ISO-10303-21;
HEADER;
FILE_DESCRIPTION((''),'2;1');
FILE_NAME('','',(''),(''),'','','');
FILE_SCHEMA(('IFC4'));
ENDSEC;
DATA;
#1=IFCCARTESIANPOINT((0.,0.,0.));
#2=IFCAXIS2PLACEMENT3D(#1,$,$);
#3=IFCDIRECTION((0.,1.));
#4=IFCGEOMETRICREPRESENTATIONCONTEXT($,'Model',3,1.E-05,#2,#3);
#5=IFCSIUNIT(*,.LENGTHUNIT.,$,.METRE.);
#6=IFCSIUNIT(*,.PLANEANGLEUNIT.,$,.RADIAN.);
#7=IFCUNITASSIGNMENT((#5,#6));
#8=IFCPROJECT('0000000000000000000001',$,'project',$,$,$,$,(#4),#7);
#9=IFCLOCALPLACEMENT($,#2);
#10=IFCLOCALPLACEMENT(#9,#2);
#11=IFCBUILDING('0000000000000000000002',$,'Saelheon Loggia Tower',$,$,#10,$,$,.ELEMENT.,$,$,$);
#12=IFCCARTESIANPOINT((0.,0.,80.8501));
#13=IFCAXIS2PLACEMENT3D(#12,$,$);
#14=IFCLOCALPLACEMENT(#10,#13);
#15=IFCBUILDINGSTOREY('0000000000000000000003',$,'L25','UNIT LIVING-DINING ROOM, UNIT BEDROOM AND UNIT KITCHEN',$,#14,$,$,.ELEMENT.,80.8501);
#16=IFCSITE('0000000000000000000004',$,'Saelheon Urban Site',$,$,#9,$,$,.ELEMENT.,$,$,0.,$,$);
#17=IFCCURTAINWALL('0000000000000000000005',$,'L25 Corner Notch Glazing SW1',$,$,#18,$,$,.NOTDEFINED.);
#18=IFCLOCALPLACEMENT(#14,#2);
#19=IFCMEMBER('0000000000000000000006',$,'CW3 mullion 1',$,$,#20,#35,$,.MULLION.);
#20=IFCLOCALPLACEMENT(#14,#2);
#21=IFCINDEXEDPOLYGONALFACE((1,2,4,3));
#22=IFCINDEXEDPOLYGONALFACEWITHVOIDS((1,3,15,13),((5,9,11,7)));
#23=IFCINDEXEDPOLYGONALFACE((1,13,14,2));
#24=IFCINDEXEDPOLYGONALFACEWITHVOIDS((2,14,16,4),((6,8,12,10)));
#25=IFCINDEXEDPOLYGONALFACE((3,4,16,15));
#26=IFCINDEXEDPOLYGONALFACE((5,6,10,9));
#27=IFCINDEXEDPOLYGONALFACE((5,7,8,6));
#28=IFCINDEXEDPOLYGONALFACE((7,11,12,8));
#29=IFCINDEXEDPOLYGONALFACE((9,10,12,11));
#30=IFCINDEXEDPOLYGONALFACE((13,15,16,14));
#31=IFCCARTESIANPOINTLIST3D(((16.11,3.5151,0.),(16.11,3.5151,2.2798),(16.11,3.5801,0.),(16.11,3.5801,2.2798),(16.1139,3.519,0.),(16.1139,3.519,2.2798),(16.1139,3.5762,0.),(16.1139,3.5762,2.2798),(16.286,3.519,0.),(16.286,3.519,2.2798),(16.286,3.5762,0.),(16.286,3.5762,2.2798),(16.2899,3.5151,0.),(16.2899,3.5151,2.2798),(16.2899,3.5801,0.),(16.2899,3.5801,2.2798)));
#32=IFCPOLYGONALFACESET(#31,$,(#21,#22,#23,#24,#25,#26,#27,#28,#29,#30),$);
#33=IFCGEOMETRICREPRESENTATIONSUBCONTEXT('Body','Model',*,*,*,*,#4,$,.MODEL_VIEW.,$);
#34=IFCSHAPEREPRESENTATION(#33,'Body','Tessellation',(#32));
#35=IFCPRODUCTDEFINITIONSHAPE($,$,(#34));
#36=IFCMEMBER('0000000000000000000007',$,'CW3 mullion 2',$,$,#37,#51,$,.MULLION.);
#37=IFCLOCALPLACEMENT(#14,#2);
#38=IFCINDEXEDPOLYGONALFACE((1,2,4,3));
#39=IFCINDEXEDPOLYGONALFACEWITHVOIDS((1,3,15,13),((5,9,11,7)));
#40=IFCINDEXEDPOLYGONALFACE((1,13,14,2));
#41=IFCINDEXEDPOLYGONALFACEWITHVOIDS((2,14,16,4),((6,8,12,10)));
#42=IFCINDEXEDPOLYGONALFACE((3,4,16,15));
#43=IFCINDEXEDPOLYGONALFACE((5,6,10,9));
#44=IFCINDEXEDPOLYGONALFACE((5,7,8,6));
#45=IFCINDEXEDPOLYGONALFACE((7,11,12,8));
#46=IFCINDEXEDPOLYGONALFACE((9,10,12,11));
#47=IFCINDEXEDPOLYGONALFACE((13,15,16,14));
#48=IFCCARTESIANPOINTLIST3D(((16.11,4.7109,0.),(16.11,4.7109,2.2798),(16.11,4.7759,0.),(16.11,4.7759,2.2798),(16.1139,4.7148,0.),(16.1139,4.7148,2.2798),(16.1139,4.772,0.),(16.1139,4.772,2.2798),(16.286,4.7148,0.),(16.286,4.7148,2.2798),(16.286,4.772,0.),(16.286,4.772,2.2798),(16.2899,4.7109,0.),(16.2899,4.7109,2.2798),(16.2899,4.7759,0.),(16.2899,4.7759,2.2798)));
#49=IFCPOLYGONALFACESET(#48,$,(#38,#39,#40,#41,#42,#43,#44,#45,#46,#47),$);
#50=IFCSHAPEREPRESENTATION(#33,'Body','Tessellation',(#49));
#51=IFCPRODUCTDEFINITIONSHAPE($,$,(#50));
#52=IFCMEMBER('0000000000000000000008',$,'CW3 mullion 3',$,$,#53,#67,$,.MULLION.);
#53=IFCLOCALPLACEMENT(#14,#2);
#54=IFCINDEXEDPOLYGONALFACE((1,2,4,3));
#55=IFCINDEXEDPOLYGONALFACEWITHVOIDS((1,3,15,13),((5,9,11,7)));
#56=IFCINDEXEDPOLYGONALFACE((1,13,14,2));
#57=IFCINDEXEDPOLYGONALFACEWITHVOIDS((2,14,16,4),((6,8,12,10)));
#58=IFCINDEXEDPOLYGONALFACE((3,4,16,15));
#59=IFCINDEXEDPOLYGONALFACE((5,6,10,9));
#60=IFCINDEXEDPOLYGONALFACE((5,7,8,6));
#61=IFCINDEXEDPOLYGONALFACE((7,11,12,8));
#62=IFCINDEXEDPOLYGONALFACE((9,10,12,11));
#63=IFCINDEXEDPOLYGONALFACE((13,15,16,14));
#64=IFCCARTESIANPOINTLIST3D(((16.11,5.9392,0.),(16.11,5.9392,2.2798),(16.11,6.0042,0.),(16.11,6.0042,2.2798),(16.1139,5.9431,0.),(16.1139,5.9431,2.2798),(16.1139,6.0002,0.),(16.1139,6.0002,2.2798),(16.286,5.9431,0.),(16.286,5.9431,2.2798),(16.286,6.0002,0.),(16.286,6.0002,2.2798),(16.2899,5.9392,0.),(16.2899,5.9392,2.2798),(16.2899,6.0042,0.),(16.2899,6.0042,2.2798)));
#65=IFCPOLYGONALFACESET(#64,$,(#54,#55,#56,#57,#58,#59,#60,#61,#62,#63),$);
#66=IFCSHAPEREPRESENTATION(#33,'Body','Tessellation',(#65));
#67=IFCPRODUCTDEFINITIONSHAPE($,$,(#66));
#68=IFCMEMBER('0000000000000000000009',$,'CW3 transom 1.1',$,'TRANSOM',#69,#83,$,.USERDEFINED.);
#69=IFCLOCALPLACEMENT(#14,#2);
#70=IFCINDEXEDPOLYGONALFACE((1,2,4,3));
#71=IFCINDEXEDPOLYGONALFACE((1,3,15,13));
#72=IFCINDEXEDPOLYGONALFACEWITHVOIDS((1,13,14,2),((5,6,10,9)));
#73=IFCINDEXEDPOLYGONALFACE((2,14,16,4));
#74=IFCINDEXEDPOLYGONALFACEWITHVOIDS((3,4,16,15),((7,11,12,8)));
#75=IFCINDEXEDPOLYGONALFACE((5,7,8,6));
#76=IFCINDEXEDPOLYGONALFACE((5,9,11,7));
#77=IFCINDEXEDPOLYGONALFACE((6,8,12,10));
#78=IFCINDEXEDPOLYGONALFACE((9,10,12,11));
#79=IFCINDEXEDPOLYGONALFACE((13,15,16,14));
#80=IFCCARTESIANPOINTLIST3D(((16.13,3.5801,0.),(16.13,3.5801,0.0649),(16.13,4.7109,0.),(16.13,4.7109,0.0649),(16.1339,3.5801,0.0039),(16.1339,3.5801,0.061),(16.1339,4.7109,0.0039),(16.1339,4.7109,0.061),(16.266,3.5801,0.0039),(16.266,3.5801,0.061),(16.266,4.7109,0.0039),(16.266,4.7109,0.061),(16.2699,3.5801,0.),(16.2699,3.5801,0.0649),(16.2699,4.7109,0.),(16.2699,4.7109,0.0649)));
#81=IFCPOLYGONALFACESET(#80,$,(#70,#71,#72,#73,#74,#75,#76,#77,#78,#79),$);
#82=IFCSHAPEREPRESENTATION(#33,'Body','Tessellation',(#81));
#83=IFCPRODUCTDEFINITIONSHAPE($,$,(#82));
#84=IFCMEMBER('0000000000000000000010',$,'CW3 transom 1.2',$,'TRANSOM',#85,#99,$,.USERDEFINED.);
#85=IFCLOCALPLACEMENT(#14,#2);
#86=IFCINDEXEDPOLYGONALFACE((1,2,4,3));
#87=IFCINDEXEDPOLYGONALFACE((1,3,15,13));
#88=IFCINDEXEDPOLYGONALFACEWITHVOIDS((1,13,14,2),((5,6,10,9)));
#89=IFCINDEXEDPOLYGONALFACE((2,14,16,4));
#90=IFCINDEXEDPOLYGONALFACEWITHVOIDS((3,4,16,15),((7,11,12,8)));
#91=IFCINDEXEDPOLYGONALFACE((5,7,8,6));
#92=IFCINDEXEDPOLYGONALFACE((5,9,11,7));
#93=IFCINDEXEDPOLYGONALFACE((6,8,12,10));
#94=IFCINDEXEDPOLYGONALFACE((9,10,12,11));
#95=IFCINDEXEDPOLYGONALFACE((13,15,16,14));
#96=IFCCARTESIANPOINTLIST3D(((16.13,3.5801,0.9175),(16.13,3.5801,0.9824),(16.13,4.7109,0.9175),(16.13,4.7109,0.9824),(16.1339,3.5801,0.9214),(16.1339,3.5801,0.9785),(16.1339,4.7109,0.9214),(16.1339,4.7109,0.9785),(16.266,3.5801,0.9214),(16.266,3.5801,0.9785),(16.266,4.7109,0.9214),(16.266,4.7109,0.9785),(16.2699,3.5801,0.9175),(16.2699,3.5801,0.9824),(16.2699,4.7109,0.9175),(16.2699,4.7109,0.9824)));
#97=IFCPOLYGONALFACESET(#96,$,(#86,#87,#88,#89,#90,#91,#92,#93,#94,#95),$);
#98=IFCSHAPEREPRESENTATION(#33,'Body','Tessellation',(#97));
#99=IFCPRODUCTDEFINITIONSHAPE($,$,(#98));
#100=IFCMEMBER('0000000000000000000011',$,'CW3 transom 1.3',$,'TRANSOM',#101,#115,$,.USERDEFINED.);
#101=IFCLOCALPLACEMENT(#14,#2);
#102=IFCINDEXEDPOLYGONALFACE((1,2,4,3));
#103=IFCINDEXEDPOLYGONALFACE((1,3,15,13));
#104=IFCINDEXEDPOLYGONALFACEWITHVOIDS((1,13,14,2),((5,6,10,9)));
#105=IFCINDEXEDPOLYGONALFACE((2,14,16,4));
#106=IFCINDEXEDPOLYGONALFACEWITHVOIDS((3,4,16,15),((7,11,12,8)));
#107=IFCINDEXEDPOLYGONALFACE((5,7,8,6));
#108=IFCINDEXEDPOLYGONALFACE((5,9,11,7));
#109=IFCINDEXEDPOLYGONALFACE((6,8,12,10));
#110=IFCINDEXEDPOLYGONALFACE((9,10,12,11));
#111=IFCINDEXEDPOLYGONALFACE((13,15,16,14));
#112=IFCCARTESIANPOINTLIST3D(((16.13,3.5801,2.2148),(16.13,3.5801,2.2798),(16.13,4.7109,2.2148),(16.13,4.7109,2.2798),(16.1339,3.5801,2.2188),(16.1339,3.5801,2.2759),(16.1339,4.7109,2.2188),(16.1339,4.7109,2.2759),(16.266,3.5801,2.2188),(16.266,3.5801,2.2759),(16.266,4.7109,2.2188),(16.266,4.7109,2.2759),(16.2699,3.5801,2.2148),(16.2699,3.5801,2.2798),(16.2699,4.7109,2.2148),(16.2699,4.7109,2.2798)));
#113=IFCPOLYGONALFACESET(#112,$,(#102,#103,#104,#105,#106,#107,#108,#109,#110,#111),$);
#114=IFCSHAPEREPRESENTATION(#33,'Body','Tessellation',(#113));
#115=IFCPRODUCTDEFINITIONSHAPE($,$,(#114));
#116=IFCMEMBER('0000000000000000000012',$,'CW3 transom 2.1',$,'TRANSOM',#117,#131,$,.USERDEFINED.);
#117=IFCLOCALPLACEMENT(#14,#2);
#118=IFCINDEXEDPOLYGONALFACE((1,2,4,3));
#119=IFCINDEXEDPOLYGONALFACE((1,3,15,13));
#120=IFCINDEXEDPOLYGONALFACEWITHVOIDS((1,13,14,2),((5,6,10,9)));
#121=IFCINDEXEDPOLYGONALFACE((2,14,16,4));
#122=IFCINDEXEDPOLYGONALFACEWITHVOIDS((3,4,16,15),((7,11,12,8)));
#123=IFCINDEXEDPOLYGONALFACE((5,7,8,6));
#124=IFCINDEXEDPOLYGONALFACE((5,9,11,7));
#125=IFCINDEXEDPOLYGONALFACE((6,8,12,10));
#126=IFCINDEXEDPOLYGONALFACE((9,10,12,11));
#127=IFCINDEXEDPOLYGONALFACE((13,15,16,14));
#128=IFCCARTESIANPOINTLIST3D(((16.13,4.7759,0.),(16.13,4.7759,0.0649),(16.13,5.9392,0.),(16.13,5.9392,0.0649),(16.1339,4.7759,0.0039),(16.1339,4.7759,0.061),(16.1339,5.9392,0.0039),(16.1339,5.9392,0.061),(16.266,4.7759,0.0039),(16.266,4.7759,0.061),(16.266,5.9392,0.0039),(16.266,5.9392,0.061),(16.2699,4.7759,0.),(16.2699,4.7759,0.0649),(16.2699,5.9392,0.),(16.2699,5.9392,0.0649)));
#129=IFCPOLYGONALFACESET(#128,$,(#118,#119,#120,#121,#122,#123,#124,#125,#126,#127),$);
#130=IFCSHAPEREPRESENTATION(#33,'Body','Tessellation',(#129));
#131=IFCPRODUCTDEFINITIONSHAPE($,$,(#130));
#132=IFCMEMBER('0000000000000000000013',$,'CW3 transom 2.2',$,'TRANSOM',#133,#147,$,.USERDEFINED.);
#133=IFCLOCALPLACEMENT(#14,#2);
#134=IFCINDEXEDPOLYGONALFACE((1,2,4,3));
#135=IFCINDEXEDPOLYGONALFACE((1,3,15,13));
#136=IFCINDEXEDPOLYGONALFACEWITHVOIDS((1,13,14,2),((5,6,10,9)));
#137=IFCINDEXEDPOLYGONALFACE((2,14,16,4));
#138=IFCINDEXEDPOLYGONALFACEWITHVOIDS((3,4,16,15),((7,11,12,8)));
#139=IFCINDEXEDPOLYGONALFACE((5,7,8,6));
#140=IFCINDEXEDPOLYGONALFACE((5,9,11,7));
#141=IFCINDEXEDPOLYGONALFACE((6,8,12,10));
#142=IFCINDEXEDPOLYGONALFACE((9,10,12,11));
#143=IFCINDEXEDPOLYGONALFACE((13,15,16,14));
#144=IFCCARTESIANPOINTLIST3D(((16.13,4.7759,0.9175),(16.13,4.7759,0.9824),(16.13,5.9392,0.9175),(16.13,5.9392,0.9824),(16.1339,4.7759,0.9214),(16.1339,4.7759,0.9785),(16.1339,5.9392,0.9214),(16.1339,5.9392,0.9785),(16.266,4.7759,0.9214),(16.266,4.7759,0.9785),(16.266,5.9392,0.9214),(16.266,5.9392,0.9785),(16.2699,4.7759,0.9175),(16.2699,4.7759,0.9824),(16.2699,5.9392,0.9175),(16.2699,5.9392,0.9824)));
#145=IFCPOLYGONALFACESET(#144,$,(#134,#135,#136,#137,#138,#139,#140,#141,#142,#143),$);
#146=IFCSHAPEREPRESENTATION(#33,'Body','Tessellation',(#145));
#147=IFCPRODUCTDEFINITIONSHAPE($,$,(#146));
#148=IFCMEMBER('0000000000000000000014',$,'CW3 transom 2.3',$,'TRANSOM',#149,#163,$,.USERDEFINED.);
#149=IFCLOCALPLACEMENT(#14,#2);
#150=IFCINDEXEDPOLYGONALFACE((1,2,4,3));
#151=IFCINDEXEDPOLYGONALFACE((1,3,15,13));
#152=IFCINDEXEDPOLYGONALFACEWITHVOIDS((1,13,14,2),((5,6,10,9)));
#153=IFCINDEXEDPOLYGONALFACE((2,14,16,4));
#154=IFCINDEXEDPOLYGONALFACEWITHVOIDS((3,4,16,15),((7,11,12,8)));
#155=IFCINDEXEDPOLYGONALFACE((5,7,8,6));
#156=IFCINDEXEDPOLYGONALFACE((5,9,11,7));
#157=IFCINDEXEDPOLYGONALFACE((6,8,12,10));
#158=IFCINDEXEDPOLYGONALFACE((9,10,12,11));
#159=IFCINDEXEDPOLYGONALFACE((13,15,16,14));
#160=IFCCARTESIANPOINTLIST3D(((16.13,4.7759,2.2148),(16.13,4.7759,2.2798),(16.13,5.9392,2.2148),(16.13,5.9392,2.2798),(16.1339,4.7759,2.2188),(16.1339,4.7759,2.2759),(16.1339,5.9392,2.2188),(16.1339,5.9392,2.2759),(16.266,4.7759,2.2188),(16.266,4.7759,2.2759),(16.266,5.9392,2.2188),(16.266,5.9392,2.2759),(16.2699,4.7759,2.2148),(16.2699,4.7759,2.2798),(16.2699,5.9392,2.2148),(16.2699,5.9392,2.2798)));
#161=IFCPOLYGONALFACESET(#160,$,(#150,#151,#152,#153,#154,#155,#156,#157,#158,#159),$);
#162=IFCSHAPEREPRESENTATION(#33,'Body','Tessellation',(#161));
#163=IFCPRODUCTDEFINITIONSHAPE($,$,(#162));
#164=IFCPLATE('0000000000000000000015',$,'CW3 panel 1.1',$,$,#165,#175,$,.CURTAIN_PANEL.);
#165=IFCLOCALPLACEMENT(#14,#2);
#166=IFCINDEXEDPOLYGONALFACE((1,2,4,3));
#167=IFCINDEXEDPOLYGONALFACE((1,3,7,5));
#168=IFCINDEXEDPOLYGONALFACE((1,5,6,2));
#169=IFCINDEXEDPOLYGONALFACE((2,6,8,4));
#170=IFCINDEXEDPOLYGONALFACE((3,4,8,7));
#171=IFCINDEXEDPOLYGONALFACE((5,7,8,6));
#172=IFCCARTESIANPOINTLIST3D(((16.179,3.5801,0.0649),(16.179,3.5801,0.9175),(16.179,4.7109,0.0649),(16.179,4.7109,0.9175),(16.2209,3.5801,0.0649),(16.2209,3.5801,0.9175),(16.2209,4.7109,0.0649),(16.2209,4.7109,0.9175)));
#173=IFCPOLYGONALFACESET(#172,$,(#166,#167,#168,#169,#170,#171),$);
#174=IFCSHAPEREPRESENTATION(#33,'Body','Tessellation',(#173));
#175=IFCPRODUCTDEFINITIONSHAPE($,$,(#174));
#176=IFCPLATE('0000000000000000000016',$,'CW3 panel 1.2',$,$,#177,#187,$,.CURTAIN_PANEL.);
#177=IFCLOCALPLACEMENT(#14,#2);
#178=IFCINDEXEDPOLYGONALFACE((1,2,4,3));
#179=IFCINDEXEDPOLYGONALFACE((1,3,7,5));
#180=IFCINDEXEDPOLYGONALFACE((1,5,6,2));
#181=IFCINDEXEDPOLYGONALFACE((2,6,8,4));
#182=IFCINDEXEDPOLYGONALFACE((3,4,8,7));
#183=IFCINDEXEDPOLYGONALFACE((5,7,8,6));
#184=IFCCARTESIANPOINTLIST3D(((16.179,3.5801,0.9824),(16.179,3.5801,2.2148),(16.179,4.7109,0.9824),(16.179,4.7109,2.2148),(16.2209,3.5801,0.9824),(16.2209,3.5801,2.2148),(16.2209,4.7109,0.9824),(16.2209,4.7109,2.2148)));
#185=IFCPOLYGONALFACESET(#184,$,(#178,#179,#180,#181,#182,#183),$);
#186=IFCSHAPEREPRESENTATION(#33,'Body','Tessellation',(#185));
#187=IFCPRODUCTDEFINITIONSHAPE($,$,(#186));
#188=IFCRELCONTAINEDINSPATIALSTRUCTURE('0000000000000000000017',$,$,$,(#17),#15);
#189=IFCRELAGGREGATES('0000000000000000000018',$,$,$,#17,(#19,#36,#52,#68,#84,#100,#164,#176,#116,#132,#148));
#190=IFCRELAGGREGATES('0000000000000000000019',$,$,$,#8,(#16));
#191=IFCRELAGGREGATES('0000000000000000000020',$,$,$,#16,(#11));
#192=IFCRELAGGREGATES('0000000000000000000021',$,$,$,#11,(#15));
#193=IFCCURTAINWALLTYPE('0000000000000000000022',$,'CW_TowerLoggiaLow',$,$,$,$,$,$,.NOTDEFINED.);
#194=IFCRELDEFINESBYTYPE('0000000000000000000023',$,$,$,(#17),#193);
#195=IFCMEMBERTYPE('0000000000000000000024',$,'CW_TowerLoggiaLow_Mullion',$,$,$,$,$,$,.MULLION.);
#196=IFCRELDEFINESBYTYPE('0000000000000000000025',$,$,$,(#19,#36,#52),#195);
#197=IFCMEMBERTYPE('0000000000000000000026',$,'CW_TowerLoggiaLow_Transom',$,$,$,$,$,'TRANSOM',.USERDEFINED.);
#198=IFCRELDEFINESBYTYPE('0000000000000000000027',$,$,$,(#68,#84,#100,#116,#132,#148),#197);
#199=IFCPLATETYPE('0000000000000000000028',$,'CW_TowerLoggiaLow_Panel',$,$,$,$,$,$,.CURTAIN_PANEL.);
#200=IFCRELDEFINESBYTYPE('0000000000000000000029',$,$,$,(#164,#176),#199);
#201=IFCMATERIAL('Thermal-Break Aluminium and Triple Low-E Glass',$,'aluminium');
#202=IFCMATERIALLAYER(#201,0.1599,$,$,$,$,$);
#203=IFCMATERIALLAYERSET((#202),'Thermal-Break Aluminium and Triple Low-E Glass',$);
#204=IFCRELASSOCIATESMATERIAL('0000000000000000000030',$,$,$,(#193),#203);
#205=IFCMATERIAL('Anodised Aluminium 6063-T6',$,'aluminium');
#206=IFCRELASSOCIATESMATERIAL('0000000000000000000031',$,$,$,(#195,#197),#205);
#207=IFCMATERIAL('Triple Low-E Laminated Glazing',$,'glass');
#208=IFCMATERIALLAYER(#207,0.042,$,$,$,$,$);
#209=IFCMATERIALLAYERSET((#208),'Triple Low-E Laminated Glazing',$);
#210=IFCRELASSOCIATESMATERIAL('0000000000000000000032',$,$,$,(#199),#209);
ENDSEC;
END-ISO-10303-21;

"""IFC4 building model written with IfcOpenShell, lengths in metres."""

from ifc_helpers import new_model, si_unit, direction, frame, origin, origin_2d, place, context, subcontext, project, spatial, rectangle, hollow_rectangle, extrude, source, transform, mapped, material, layer, layer_set, material_profile, profile_set, type_object, element, aggregate, save


model = new_model("IFC4")

# Units and contexts
model_context = context("Model", 3, precision=1e-05, world=origin(), true_north=direction((0.0, 1.0)))
body_context = subcontext(model_context, "Body", "Model", "MODEL_VIEW")
ifc_project = project(units=[si_unit("LENGTHUNIT", "METRE"), si_unit("PLANEANGLEUNIT", "RADIAN")], contexts=[model_context])

# Site, building, storey
site_placement = place(None, origin())
site = spatial("IfcSite", under=ifc_project, at=site_placement, Name="Saelheon Urban Site", CompositionType="ELEMENT", RefElevation=0.0)
building_placement = place(site_placement, origin())
building = spatial("IfcBuilding", under=site, at=building_placement, Name="Saelheon Loggia Tower", CompositionType="ELEMENT")
storey_placement = place(building_placement, frame((0.0, 0.0, 80.8501)))
storey = spatial("IfcBuildingStorey", under=building, at=storey_placement, Name="L25", Description="UNIT LIVING-DINING ROOM, UNIT BEDROOM AND UNIT KITCHEN", CompositionType="ELEMENT", Elevation=80.8501)

# Curtain wall, members, plates
ifc_material_1 = material(Name="Thermal-Break Aluminium and Triple Low-E Glass", Category="aluminium")
ifc_layer_1 = layer(ifc_material_1, 0.1599)
ifc_layer_set_1 = layer_set([ifc_layer_1], Name="Thermal-Break Aluminium and Triple Low-E Glass")
curtain_wall_type = type_object("IfcCurtainWallType", Name="CW_TowerLoggiaLow", PredefinedType="NOTDEFINED", material=ifc_layer_set_1)
curtain_wall_placement = place(storey_placement, origin())
curtain_wall = element("IfcCurtainWall", 1, at=curtain_wall_placement, inside=storey, type_object=curtain_wall_type, Name="L25 Corner Notch Glazing SW1", PredefinedType="NOTDEFINED")
ifc_material_2 = material(Name="Anodised Aluminium 6063-T6", Category="aluminium")
ifc_material_profile_1 = material_profile(ifc_material_2, hollow_rectangle(XDim=0.0649, YDim=0.1799, WallThickness=0.0039, at=origin_2d()), Name="RHS-180x65x4")
ifc_profile_set_1 = profile_set([ifc_material_profile_1], Name="Anodised Aluminium 6063-T6")
member_type_1 = type_object("IfcMemberType", Name="CW_TowerLoggiaLow_Mullion", PredefinedType="MULLION", material=ifc_profile_set_1)
shared_shape_1 = source(origin(), body_context, "Body", "SweptSolid", [
    extrude(hollow_rectangle(XDim=0.0649, YDim=0.1799, WallThickness=0.0039, at=origin_2d()), origin(), (0.0, 0.0, 1.0), 2.2798),
])
member_1_placement = place(storey_placement, frame((16.2, 3.5476, 0.0), z_axis=(0.0, 0.0, 1.0), x_axis=(0.0, 1.0, 0.0)))
member_1 = element("IfcMember", 2, at=member_1_placement, type_object=member_type_1, Name="CW3 mullion 1", PredefinedType="MULLION", context=body_context, shape_type="MappedRepresentation", body=[
    mapped(shared_shape_1, transform((0.0, 0.0, 0.0), scale=1.0)),
])
member_2_placement = place(storey_placement, frame((16.2, 4.7434, 0.0), z_axis=(0.0, 0.0, 1.0), x_axis=(0.0, 1.0, 0.0)))
member_2 = element("IfcMember", 3, at=member_2_placement, type_object=member_type_1, Name="CW3 mullion 2", PredefinedType="MULLION", context=body_context, shape_type="MappedRepresentation", body=[
    mapped(shared_shape_1, transform((0.0, 0.0, 0.0), scale=1.0)),
])
member_3_placement = place(storey_placement, frame((16.2, 5.9717, 0.0), z_axis=(0.0, 0.0, 1.0), x_axis=(0.0, 1.0, 0.0)))
member_3 = element("IfcMember", 4, at=member_3_placement, type_object=member_type_1, Name="CW3 mullion 3", PredefinedType="MULLION", context=body_context, shape_type="MappedRepresentation", body=[
    mapped(shared_shape_1, transform((0.0, 0.0, 0.0), scale=1.0)),
])
ifc_material_profile_2 = material_profile(ifc_material_2, hollow_rectangle(XDim=0.0649, YDim=0.1399, WallThickness=0.0039, at=origin_2d()), Name="RHS-140x65x4")
ifc_profile_set_2 = profile_set([ifc_material_profile_2], Name="Anodised Aluminium 6063-T6")
member_type_2 = type_object("IfcMemberType", Name="CW_TowerLoggiaLow_Transom", ElementType="TRANSOM", PredefinedType="USERDEFINED", material=ifc_profile_set_2)
shared_shape_2 = source(origin(), body_context, "Body", "SweptSolid", [
    extrude(hollow_rectangle(XDim=0.0649, YDim=0.1399, WallThickness=0.0039, at=origin_2d()), origin(), (0.0, 0.0, 1.0), 1.1309),
])
member_4_placement = place(storey_placement, frame((16.2, 3.5801, 0.0325), z_axis=(0.0, 1.0, 0.0), x_axis=(0.0, 0.0, 1.0)))
member_4 = element("IfcMember", 5, at=member_4_placement, type_object=member_type_2, Name="CW3 transom 1.1", ObjectType="TRANSOM", PredefinedType="USERDEFINED", context=body_context, shape_type="MappedRepresentation", body=[
    mapped(shared_shape_2, transform((0.0, 0.0, 0.0), scale=1.0)),
])
member_5_placement = place(storey_placement, frame((16.2, 3.5801, 0.95), z_axis=(0.0, 1.0, 0.0), x_axis=(0.0, 0.0, 1.0)))
member_5 = element("IfcMember", 6, at=member_5_placement, type_object=member_type_2, Name="CW3 transom 1.2", ObjectType="TRANSOM", PredefinedType="USERDEFINED", context=body_context, shape_type="MappedRepresentation", body=[
    mapped(shared_shape_2, transform((0.0, 0.0, 0.0), scale=1.0)),
])
member_6_placement = place(storey_placement, frame((16.2, 3.5801, 2.2473), z_axis=(0.0, 1.0, 0.0), x_axis=(0.0, 0.0, 1.0)))
member_6 = element("IfcMember", 7, at=member_6_placement, type_object=member_type_2, Name="CW3 transom 1.3", ObjectType="TRANSOM", PredefinedType="USERDEFINED", context=body_context, shape_type="MappedRepresentation", body=[
    mapped(shared_shape_2, transform((0.0, 0.0, 0.0), scale=1.0)),
])
shared_shape_3 = source(origin(), body_context, "Body", "SweptSolid", [
    extrude(hollow_rectangle(XDim=0.0649, YDim=0.1399, WallThickness=0.0039, at=origin_2d()), origin(), (0.0, 0.0, 1.0), 1.1633),
])
member_7_placement = place(storey_placement, frame((16.2, 4.7759, 0.0325), z_axis=(0.0, 1.0, 0.0), x_axis=(0.0, 0.0, 1.0)))
member_7 = element("IfcMember", 8, at=member_7_placement, type_object=member_type_2, Name="CW3 transom 2.1", ObjectType="TRANSOM", PredefinedType="USERDEFINED", context=body_context, shape_type="MappedRepresentation", body=[
    mapped(shared_shape_3, transform((0.0, 0.0, 0.0), scale=1.0)),
])
member_8_placement = place(storey_placement, frame((16.2, 4.7759, 0.95), z_axis=(0.0, 1.0, 0.0), x_axis=(0.0, 0.0, 1.0)))
member_8 = element("IfcMember", 9, at=member_8_placement, type_object=member_type_2, Name="CW3 transom 2.2", ObjectType="TRANSOM", PredefinedType="USERDEFINED", context=body_context, shape_type="MappedRepresentation", body=[
    mapped(shared_shape_3, transform((0.0, 0.0, 0.0), scale=1.0)),
])
member_9_placement = place(storey_placement, frame((16.2, 4.7759, 2.2473), z_axis=(0.0, 1.0, 0.0), x_axis=(0.0, 0.0, 1.0)))
member_9 = element("IfcMember", 10, at=member_9_placement, type_object=member_type_2, Name="CW3 transom 2.3", ObjectType="TRANSOM", PredefinedType="USERDEFINED", context=body_context, shape_type="MappedRepresentation", body=[
    mapped(shared_shape_3, transform((0.0, 0.0, 0.0), scale=1.0)),
])
ifc_material_3 = material(Name="Triple Low-E Laminated Glazing", Category="glass")
ifc_layer_2 = layer(ifc_material_3, 0.042)
ifc_layer_set_2 = layer_set([ifc_layer_2], Name="Triple Low-E Laminated Glazing")
plate_type = type_object("IfcPlateType", Name="CW_TowerLoggiaLow_Panel", PredefinedType="CURTAIN_PANEL", material=ifc_layer_set_2)
shared_shape_4 = source(origin(), body_context, "Body", "SweptSolid", [
    extrude(rectangle(XDim=1.1309, YDim=0.042, at=origin_2d()), origin(), (0.0, 0.0, 1.0), 0.8525),
])
plate_1_placement = place(storey_placement, frame((16.2, 4.1455, 0.0649), z_axis=(0.0, 0.0, 1.0), x_axis=(0.0, 1.0, 0.0)))
plate_1 = element("IfcPlate", 11, at=plate_1_placement, type_object=plate_type, Name="CW3 panel 1.1", PredefinedType="CURTAIN_PANEL", context=body_context, shape_type="MappedRepresentation", body=[
    mapped(shared_shape_4, transform((0.0, 0.0, 0.0), scale=1.0)),
])
shared_shape_5 = source(origin(), body_context, "Body", "SweptSolid", [
    extrude(rectangle(XDim=1.1309, YDim=0.042, at=origin_2d()), origin(), (0.0, 0.0, 1.0), 1.2324),
])
plate_2_placement = place(storey_placement, frame((16.2, 4.1455, 0.9824), z_axis=(0.0, 0.0, 1.0), x_axis=(0.0, 1.0, 0.0)))
plate_2 = element("IfcPlate", 12, at=plate_2_placement, type_object=plate_type, Name="CW3 panel 1.2", PredefinedType="CURTAIN_PANEL", context=body_context, shape_type="MappedRepresentation", body=[
    mapped(shared_shape_5, transform((0.0, 0.0, 0.0), scale=1.0)),
])
aggregate(curtain_wall, [member_1, member_2, member_3, member_4, member_5, member_6, plate_1, plate_2, member_7, member_8, member_9])

save(model, "model.ifc")
